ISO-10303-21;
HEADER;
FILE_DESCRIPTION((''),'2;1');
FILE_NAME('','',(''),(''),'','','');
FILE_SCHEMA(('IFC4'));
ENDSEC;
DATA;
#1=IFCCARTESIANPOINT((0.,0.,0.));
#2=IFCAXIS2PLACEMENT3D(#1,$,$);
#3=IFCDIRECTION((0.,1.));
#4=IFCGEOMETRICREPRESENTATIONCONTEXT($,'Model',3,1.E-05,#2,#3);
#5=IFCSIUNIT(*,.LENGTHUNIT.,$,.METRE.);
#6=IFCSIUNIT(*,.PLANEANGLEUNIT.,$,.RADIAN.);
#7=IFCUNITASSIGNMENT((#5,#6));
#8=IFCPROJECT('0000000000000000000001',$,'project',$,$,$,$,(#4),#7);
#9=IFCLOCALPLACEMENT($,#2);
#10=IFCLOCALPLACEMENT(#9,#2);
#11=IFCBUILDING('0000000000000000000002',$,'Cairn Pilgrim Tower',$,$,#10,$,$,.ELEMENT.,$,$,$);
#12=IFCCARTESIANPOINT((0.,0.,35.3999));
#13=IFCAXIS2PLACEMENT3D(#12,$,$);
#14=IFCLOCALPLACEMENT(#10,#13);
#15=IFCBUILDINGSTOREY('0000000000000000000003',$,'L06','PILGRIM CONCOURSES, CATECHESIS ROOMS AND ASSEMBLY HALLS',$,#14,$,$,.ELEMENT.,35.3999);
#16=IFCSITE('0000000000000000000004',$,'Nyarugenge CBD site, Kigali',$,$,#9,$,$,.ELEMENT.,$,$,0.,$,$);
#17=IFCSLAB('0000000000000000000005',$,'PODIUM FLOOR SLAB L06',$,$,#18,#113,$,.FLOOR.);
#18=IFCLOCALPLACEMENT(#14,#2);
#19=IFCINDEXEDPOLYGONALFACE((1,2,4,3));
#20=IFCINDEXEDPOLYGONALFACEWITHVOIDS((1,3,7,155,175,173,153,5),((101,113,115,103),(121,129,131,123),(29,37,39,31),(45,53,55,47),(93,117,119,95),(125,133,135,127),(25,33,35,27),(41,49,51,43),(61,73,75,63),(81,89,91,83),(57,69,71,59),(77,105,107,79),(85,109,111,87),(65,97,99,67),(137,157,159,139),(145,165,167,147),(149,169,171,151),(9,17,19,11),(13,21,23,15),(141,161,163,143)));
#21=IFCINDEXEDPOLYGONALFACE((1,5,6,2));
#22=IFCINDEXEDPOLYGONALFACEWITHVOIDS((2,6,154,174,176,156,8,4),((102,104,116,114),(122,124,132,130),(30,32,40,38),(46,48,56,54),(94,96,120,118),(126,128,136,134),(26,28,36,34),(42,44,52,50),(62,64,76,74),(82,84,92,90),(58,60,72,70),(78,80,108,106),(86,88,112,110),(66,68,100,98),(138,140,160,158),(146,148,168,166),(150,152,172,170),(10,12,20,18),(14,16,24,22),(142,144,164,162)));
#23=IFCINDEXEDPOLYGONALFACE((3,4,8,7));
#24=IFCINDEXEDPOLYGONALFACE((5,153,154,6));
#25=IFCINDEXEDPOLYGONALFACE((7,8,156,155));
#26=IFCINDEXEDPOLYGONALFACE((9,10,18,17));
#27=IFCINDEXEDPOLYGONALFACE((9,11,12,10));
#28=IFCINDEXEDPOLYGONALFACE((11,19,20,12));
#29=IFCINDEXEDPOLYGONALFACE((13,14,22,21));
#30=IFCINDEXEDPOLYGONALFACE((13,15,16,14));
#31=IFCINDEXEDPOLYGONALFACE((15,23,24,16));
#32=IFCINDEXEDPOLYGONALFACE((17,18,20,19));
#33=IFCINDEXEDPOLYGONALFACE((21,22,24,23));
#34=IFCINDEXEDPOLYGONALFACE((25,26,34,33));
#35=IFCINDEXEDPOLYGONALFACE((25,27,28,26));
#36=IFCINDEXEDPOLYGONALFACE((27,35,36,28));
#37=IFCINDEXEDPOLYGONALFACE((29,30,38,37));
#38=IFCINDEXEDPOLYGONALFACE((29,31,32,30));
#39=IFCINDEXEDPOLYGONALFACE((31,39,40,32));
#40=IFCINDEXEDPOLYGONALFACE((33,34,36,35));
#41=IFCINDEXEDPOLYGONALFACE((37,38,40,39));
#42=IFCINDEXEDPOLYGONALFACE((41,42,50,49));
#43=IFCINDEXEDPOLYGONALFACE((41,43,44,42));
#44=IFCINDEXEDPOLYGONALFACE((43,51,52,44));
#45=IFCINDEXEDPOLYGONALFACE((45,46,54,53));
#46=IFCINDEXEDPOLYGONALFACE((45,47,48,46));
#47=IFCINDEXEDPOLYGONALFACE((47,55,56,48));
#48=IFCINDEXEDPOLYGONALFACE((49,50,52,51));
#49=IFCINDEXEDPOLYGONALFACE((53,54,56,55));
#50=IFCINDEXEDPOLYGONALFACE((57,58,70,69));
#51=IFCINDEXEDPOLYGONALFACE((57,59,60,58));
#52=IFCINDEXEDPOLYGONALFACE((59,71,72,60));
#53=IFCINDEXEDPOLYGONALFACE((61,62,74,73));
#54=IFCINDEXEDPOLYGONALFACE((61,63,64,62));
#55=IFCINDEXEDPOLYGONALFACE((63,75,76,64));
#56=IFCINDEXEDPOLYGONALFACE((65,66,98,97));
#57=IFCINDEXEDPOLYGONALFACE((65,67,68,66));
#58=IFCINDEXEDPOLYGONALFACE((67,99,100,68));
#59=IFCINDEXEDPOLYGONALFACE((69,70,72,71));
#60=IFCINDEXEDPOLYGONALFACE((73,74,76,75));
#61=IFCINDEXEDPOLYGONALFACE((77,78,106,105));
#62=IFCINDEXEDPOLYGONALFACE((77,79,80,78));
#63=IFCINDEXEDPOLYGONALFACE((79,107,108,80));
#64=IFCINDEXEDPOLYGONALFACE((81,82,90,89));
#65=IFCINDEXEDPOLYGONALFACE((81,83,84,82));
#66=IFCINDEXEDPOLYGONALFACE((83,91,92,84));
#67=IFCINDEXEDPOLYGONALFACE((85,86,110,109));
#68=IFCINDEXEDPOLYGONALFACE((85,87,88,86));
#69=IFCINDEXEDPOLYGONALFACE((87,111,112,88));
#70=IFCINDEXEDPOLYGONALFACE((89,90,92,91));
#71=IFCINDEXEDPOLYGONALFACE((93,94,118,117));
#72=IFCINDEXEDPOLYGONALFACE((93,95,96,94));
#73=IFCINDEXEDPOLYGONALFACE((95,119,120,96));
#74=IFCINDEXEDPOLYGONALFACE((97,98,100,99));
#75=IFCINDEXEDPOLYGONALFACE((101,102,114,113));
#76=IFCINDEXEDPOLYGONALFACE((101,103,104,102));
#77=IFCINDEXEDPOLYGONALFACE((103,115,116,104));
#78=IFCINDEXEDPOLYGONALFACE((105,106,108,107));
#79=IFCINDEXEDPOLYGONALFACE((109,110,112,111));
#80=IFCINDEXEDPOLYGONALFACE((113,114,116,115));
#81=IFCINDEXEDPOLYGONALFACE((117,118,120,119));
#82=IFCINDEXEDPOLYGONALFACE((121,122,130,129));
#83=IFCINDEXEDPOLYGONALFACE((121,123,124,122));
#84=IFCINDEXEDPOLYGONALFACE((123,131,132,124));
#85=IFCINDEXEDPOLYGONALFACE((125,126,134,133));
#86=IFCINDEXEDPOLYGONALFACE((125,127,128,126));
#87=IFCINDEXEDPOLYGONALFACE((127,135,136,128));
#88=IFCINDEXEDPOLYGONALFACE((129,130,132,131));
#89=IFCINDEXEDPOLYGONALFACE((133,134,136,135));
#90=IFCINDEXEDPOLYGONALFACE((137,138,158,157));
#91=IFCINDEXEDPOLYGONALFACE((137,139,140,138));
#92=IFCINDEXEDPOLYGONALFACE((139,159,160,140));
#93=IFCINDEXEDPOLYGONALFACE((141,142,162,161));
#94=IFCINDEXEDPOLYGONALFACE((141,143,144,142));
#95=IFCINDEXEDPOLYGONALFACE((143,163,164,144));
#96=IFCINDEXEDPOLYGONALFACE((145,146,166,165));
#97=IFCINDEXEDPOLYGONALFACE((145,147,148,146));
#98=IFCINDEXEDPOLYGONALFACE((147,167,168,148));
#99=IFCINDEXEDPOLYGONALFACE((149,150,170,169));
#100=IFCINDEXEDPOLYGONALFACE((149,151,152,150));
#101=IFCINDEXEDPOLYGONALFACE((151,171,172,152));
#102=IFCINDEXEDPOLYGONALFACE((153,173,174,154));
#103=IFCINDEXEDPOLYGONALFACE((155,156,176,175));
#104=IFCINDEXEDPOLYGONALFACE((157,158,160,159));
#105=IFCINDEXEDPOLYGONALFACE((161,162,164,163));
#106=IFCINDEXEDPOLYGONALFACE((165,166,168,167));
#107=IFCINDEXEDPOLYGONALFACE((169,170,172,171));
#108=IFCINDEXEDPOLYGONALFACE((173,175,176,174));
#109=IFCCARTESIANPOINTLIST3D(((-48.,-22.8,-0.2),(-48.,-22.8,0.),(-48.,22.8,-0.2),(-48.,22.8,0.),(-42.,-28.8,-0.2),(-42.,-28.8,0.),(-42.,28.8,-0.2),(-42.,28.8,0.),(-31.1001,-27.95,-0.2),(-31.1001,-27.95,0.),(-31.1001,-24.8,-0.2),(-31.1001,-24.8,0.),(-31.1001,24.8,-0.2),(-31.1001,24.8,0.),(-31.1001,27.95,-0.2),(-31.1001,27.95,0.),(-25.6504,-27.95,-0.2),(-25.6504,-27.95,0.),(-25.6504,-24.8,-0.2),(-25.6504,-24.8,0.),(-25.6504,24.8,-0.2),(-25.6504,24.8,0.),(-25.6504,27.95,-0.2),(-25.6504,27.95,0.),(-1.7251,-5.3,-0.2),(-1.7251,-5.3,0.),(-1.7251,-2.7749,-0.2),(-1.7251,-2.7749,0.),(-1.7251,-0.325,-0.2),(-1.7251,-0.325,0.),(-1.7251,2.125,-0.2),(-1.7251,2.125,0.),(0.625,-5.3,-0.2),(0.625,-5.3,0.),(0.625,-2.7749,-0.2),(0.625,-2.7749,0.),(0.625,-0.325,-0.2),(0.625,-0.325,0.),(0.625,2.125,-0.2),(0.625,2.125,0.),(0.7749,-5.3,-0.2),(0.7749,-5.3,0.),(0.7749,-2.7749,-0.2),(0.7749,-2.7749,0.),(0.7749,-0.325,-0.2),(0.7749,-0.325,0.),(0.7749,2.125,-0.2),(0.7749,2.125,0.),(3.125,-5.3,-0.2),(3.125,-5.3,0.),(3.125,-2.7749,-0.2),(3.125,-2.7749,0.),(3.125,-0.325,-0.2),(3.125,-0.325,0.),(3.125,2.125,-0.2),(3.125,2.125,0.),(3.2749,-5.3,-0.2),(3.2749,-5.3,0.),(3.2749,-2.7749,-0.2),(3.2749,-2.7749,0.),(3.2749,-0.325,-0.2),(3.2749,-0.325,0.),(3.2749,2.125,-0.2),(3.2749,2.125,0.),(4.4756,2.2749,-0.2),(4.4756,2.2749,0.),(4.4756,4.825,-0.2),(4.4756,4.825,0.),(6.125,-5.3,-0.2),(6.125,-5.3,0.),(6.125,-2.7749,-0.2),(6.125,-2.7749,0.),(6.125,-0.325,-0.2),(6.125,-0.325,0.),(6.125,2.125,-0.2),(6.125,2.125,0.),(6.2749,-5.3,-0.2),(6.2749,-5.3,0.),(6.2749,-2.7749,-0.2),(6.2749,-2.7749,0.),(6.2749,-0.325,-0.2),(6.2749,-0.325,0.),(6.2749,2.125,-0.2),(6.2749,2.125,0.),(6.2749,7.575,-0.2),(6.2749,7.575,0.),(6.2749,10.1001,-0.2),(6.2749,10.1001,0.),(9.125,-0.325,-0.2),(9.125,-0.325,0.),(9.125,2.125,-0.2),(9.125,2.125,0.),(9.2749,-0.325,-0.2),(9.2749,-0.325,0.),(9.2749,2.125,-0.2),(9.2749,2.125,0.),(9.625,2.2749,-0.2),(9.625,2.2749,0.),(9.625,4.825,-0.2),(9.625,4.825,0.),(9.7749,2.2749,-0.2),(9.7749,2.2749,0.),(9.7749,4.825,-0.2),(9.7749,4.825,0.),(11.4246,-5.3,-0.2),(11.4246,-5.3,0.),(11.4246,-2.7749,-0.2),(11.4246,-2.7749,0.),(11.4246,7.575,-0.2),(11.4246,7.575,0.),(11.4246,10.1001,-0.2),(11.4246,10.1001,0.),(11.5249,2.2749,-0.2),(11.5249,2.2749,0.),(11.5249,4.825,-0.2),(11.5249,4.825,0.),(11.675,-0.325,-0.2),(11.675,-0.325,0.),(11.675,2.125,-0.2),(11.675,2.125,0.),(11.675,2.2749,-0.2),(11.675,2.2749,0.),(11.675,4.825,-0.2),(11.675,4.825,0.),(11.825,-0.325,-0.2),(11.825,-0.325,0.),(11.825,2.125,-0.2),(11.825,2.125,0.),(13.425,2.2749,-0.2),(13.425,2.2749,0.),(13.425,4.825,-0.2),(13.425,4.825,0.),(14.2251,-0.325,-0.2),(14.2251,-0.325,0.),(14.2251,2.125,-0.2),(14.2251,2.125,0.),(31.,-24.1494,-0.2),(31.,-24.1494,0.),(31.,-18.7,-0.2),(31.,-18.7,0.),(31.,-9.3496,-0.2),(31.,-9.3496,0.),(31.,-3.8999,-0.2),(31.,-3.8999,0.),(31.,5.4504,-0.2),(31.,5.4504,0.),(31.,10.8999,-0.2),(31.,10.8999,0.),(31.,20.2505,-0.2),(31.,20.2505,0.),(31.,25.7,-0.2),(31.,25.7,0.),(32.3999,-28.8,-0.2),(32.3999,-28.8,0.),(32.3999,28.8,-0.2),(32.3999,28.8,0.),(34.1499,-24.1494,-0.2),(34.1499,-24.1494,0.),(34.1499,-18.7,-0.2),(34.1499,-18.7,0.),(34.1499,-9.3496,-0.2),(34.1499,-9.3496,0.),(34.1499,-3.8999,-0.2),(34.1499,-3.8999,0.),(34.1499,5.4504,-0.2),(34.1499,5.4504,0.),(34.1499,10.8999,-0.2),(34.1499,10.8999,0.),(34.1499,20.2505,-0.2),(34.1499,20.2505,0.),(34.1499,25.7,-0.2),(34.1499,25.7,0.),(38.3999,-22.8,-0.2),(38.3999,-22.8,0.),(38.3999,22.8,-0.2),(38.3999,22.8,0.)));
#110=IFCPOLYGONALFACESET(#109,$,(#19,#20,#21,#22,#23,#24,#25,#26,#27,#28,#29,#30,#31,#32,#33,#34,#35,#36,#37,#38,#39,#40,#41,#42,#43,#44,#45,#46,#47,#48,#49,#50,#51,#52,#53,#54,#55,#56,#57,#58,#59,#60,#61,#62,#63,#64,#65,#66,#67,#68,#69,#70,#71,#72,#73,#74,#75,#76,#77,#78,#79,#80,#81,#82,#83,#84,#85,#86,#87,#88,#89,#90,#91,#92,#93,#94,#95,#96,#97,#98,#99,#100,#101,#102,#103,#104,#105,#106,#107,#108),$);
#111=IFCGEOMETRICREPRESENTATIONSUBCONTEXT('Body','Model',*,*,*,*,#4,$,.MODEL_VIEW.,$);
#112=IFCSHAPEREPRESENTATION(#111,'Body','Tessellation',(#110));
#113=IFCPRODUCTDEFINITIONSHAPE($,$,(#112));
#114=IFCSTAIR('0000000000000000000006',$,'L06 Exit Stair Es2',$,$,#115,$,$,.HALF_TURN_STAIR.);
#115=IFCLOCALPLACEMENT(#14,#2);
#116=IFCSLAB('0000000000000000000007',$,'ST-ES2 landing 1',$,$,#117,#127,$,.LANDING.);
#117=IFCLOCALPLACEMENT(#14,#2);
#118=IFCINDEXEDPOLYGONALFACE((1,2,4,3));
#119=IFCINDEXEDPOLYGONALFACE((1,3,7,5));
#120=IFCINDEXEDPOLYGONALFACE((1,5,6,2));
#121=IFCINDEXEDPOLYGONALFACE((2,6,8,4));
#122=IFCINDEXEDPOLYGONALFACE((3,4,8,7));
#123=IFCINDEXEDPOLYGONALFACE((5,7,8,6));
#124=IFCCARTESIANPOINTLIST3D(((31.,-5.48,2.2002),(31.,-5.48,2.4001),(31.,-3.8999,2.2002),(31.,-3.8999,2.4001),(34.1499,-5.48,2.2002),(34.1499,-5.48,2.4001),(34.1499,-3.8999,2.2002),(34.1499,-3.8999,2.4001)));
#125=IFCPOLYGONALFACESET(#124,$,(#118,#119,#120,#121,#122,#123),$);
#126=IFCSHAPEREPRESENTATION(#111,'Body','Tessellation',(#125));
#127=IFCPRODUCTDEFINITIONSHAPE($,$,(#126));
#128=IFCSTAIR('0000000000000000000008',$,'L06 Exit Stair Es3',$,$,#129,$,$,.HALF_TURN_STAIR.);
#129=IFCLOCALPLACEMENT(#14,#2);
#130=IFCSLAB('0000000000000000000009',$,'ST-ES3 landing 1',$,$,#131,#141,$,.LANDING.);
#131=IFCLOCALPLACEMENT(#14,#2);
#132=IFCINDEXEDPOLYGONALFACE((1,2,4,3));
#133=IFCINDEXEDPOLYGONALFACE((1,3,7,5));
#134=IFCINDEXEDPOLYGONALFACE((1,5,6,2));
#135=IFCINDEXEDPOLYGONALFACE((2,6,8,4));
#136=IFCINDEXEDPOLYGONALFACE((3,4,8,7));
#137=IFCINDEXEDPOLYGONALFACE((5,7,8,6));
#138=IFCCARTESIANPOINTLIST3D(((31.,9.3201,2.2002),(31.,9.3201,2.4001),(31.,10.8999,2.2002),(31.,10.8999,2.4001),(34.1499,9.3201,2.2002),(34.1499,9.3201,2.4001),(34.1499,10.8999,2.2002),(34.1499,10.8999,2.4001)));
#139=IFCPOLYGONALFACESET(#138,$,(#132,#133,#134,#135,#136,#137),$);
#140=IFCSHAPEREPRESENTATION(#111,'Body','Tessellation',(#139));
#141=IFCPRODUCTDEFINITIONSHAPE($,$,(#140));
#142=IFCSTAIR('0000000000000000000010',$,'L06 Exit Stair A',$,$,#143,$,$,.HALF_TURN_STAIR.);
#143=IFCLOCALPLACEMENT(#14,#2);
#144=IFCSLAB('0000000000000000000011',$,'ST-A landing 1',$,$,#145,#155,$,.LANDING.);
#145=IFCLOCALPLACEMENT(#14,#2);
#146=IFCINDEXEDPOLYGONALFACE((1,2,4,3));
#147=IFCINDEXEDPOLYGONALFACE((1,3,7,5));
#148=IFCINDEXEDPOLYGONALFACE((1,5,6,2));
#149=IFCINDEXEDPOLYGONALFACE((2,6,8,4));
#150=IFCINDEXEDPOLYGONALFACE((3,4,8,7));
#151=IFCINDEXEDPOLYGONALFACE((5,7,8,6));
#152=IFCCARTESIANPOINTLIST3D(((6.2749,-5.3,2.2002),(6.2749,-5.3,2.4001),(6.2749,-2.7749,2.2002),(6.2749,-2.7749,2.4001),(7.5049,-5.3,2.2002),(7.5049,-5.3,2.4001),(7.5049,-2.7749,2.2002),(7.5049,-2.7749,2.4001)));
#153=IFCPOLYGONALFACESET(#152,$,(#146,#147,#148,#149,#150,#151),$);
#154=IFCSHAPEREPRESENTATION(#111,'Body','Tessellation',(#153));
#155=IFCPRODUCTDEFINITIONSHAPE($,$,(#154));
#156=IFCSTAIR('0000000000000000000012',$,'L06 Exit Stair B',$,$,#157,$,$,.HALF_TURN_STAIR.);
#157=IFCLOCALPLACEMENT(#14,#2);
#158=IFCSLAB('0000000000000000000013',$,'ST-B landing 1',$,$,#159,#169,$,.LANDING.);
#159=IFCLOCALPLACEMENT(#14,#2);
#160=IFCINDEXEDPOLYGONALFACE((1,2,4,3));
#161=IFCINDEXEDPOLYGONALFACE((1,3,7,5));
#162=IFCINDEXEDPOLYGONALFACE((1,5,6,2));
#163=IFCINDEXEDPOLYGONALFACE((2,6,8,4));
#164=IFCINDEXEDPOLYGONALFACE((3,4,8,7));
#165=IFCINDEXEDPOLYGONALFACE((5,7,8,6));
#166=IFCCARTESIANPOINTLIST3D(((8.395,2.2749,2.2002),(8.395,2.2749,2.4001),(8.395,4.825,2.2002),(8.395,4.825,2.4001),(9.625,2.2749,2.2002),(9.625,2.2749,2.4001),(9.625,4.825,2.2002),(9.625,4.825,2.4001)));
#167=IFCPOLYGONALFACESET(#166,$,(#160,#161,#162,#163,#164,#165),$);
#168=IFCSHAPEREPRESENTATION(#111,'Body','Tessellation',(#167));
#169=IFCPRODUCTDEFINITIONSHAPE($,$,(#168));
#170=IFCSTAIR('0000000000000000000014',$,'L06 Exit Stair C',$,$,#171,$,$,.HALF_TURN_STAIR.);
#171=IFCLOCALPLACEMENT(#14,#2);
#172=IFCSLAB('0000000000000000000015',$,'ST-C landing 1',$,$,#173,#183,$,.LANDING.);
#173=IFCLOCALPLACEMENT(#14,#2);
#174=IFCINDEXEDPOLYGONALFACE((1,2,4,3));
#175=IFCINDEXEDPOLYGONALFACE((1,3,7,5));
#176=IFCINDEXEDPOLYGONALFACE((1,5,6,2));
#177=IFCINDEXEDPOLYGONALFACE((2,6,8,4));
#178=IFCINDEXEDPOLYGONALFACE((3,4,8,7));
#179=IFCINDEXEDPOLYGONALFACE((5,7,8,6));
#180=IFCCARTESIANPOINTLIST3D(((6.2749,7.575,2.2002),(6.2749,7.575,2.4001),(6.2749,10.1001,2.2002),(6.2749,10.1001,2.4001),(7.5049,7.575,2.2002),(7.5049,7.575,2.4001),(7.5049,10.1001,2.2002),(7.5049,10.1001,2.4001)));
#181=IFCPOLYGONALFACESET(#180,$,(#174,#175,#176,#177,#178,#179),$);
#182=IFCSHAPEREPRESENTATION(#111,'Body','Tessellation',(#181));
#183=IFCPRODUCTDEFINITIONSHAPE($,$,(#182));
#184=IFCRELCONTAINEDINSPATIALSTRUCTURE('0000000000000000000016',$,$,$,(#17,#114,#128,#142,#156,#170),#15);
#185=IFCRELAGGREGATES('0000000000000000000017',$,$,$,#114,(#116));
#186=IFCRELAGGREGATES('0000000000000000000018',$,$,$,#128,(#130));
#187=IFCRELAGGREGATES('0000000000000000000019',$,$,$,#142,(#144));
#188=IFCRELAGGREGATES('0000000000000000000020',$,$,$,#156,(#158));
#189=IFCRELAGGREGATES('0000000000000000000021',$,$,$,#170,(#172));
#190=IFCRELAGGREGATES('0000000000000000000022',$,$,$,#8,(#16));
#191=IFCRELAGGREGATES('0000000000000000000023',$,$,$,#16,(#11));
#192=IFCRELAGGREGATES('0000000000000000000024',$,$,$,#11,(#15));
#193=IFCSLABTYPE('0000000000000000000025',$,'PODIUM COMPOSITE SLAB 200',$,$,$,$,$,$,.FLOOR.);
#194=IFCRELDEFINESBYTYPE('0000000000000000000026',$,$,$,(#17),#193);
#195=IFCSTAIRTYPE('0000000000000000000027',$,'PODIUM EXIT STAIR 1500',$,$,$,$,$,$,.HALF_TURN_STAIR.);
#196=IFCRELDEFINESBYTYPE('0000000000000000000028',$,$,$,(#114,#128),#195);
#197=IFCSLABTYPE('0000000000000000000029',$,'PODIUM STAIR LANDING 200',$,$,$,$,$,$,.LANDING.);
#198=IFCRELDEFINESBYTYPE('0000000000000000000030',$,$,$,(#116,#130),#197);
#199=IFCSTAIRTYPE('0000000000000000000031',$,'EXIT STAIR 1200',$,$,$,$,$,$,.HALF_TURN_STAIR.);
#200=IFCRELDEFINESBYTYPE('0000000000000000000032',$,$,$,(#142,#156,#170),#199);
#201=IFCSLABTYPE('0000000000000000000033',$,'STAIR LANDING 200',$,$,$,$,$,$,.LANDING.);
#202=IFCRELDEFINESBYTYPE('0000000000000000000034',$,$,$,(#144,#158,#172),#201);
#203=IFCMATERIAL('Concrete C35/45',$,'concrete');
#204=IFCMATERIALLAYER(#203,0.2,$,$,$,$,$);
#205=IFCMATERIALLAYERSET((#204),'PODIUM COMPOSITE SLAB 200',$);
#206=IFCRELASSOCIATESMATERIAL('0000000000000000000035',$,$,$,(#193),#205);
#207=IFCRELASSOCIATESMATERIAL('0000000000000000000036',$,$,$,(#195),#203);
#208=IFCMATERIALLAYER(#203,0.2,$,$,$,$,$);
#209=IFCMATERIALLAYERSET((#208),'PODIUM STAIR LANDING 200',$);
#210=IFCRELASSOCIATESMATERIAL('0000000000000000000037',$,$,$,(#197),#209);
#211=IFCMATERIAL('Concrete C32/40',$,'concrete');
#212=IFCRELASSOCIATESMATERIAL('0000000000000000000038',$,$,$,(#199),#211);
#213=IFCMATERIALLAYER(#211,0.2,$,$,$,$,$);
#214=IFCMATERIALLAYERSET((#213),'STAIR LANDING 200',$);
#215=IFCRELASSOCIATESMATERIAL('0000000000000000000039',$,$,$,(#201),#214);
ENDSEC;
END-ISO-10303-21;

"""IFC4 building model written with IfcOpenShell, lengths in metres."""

from ifc_helpers import new_model, si_unit, direction, frame, origin, place, context, subcontext, project, spatial, polyline, outline, extrude, material, layer, layer_set, type_object, element, aggregate, save


model = new_model("IFC4")

# Units and contexts
model_context = context("Model", 3, precision=1e-05, world=origin(), true_north=direction((0.0, 1.0)))
body_context = subcontext(model_context, "Body", "Model", "MODEL_VIEW")
ifc_project = project(units=[si_unit("LENGTHUNIT", "METRE"), si_unit("PLANEANGLEUNIT", "RADIAN")], contexts=[model_context])

# Site, building, storey
site_placement = place(None, origin())
site = spatial("IfcSite", under=ifc_project, at=site_placement, Name="Nyarugenge CBD site, Kigali", CompositionType="ELEMENT", RefElevation=0.0)
building_placement = place(site_placement, origin())
building = spatial("IfcBuilding", under=site, at=building_placement, Name="Cairn Pilgrim Tower", CompositionType="ELEMENT")
storey_placement = place(building_placement, frame((0.0, 0.0, 35.3999)))
storey = spatial("IfcBuildingStorey", under=building, at=storey_placement, Name="L06", Description="PILGRIM CONCOURSES, CATECHESIS ROOMS AND ASSEMBLY HALLS", CompositionType="ELEMENT", Elevation=35.3999)

# Slab
ifc_material_1 = material(Name="Concrete C35/45", Category="concrete")
ifc_layer_1 = layer(ifc_material_1, 0.2)
ifc_layer_set_1 = layer_set([ifc_layer_1], Name="PODIUM COMPOSITE SLAB 200")
slab_type_1 = type_object("IfcSlabType", Name="PODIUM COMPOSITE SLAB 200", PredefinedType="FLOOR", material=ifc_layer_set_1)
slab_1_placement = place(storey_placement, frame((0.0, 0.0, -0.2)))
element("IfcSlab", 1, at=slab_1_placement, inside=storey, type_object=slab_type_1, Name="PODIUM FLOOR SLAB L06", PredefinedType="FLOOR", context=body_context, shape_type="SweptSolid", body=[
    extrude(outline(polyline([(-42.0, 28.8), (-48.0, 22.8), (-48.0, -22.8), (-42.0, -28.8), (32.3999, -28.8), (38.3999, -22.8), (38.3999, 22.8), (32.3999, 28.8), (-42.0, 28.8)]), holes=[polyline([(-1.7251, -2.7749), (0.625, -2.7749), (0.625, -5.3), (-1.7251, -5.3), (-1.7251, -2.7749)]), polyline([(3.125, -2.7749), (3.125, -5.3), (0.7749, -5.3), (0.7749, -2.7749), (3.125, -2.7749)]), polyline([(0.625, -0.325), (-1.7251, -0.325), (-1.7251, 2.125), (0.625, 2.125), (0.625, -0.325)]), polyline([(0.7749, -0.325), (0.7749, 2.125), (3.125, 2.125), (3.125, -0.325), (0.7749, -0.325)]), polyline([(3.2749, -2.7749), (6.125, -2.7749), (6.125, -5.3), (3.2749, -5.3), (3.2749, -2.7749)]), polyline([(6.125, 2.125), (6.125, -0.325), (3.2749, -0.325), (3.2749, 2.125), (6.125, 2.125)]), polyline([(9.125, -0.325), (6.2749, -0.325), (6.2749, 2.125), (9.125, 2.125), (9.125, -0.325)]), polyline([(9.2749, -0.325), (9.2749, 2.125), (11.675, 2.125), (11.675, -0.325), (9.2749, -0.325)]), polyline([(11.825, 2.125), (14.2251, 2.125), (14.2251, -0.325), (11.825, -0.325), (11.825, 2.125)]), polyline([(11.5249, 4.825), (11.5249, 2.2749), (9.7749, 2.2749), (9.7749, 4.825), (11.5249, 4.825)]), polyline([(13.425, 2.2749), (11.675, 2.2749), (11.675, 4.825), (13.425, 4.825), (13.425, 2.2749)]), polyline([(11.4246, -2.7749), (11.4246, -5.3), (6.2749, -5.3), (6.2749, -2.7749), (11.4246, -2.7749)]), polyline([(4.4756, 4.825), (9.625, 4.825), (9.625, 2.2749), (4.4756, 2.2749), (4.4756, 4.825)]), polyline([(6.2749, 7.575), (6.2749, 10.1001), (11.4246, 10.1001), (11.4246, 7.575), (6.2749, 7.575)]), polyline([(-31.1001, 27.95), (-25.6504, 27.95), (-25.6504, 24.8), (-31.1001, 24.8), (-31.1001, 27.95)]), polyline([(-25.6504, -24.8), (-25.6504, -27.95), (-31.1001, -27.95), (-31.1001, -24.8), (-25.6504, -24.8)]), polyline([(31.0, -24.1494), (31.0, -18.7), (34.1499, -18.7), (34.1499, -24.1494), (31.0, -24.1494)]), polyline([(31.0, -3.8999), (34.1499, -3.8999), (34.1499, -9.3496), (31.0, -9.3496), (31.0, -3.8999)]), polyline([(34.1499, 10.8999), (34.1499, 5.4504), (31.0, 5.4504), (31.0, 10.8999), (34.1499, 10.8999)]), polyline([(34.1499, 20.2505), (31.0, 20.2505), (31.0, 25.7), (34.1499, 25.7), (34.1499, 20.2505)])]), origin(), (0.0, 0.0, 1.0), 0.2),
])

# Stairs, slabs
stair_type_1 = type_object("IfcStairType", Name="PODIUM EXIT STAIR 1500", PredefinedType="HALF_TURN_STAIR", material=ifc_material_1)
stair_1_placement = place(storey_placement, origin())
stair_1 = element("IfcStair", 2, at=stair_1_placement, inside=storey, type_object=stair_type_1, Name="L06 Exit Stair Es2", PredefinedType="HALF_TURN_STAIR")
ifc_layer_2 = layer(ifc_material_1, 0.2)
ifc_layer_set_2 = layer_set([ifc_layer_2], Name="PODIUM STAIR LANDING 200")
slab_type_2 = type_object("IfcSlabType", Name="PODIUM STAIR LANDING 200", PredefinedType="LANDING", material=ifc_layer_set_2)
slab_2_placement = place(storey_placement, frame((0.0, 0.0, 2.2002)))
slab_2 = element("IfcSlab", 3, at=slab_2_placement, type_object=slab_type_2, Name="ST-ES2 landing 1", PredefinedType="LANDING", context=body_context, shape_type="SweptSolid", body=[
    extrude(outline(polyline([(34.1499, -5.48), (34.1499, -3.8999), (31.0, -3.8999), (31.0, -5.48), (34.1499, -5.48)])), origin(), (0.0, 0.0, 1.0), 0.2),
])
aggregate(stair_1, [slab_2])
stair_2_placement = place(storey_placement, origin())
stair_2 = element("IfcStair", 4, at=stair_2_placement, inside=storey, type_object=stair_type_1, Name="L06 Exit Stair Es3", PredefinedType="HALF_TURN_STAIR")
slab_3_placement = place(storey_placement, frame((0.0, 0.0, 2.2002)))
slab_3 = element("IfcSlab", 5, at=slab_3_placement, type_object=slab_type_2, Name="ST-ES3 landing 1", PredefinedType="LANDING", context=body_context, shape_type="SweptSolid", body=[
    extrude(outline(polyline([(34.1499, 9.3201), (34.1499, 10.8999), (31.0, 10.8999), (31.0, 9.3201), (34.1499, 9.3201)])), origin(), (0.0, 0.0, 1.0), 0.2),
])
aggregate(stair_2, [slab_3])
ifc_material_2 = material(Name="Concrete C32/40", Category="concrete")
stair_type_2 = type_object("IfcStairType", Name="EXIT STAIR 1200", PredefinedType="HALF_TURN_STAIR", material=ifc_material_2)
stair_3_placement = place(storey_placement, origin())
stair_3 = element("IfcStair", 6, at=stair_3_placement, inside=storey, type_object=stair_type_2, Name="L06 Exit Stair A", PredefinedType="HALF_TURN_STAIR")
ifc_layer_3 = layer(ifc_material_2, 0.2)
ifc_layer_set_3 = layer_set([ifc_layer_3], Name="STAIR LANDING 200")
slab_type_3 = type_object("IfcSlabType", Name="STAIR LANDING 200", PredefinedType="LANDING", material=ifc_layer_set_3)
slab_4_placement = place(storey_placement, frame((0.0, 0.0, 2.2002)))
slab_4 = element("IfcSlab", 7, at=slab_4_placement, type_object=slab_type_3, Name="ST-A landing 1", PredefinedType="LANDING", context=body_context, shape_type="SweptSolid", body=[
    extrude(outline(polyline([(7.5049, -2.7749), (6.2749, -2.7749), (6.2749, -5.3), (7.5049, -5.3), (7.5049, -2.7749)])), origin(), (0.0, 0.0, 1.0), 0.2),
])
aggregate(stair_3, [slab_4])
stair_4_placement = place(storey_placement, origin())
stair_4 = element("IfcStair", 8, at=stair_4_placement, inside=storey, type_object=stair_type_2, Name="L06 Exit Stair B", PredefinedType="HALF_TURN_STAIR")
slab_5_placement = place(storey_placement, frame((0.0, 0.0, 2.2002)))
slab_5 = element("IfcSlab", 9, at=slab_5_placement, type_object=slab_type_3, Name="ST-B landing 1", PredefinedType="LANDING", context=body_context, shape_type="SweptSolid", body=[
    extrude(outline(polyline([(8.395, 2.2749), (9.625, 2.2749), (9.625, 4.825), (8.395, 4.825), (8.395, 2.2749)])), origin(), (0.0, 0.0, 1.0), 0.2),
])
aggregate(stair_4, [slab_5])
stair_5_placement = place(storey_placement, origin())
stair_5 = element("IfcStair", 10, at=stair_5_placement, inside=storey, type_object=stair_type_2, Name="L06 Exit Stair C", PredefinedType="HALF_TURN_STAIR")
slab_6_placement = place(storey_placement, frame((0.0, 0.0, 2.2002)))
slab_6 = element("IfcSlab", 11, at=slab_6_placement, type_object=slab_type_3, Name="ST-C landing 1", PredefinedType="LANDING", context=body_context, shape_type="SweptSolid", body=[
    extrude(outline(polyline([(7.5049, 10.1001), (6.2749, 10.1001), (6.2749, 7.575), (7.5049, 7.575), (7.5049, 10.1001)])), origin(), (0.0, 0.0, 1.0), 0.2),
])
aggregate(stair_5, [slab_6])

save(model, "model.ifc")
